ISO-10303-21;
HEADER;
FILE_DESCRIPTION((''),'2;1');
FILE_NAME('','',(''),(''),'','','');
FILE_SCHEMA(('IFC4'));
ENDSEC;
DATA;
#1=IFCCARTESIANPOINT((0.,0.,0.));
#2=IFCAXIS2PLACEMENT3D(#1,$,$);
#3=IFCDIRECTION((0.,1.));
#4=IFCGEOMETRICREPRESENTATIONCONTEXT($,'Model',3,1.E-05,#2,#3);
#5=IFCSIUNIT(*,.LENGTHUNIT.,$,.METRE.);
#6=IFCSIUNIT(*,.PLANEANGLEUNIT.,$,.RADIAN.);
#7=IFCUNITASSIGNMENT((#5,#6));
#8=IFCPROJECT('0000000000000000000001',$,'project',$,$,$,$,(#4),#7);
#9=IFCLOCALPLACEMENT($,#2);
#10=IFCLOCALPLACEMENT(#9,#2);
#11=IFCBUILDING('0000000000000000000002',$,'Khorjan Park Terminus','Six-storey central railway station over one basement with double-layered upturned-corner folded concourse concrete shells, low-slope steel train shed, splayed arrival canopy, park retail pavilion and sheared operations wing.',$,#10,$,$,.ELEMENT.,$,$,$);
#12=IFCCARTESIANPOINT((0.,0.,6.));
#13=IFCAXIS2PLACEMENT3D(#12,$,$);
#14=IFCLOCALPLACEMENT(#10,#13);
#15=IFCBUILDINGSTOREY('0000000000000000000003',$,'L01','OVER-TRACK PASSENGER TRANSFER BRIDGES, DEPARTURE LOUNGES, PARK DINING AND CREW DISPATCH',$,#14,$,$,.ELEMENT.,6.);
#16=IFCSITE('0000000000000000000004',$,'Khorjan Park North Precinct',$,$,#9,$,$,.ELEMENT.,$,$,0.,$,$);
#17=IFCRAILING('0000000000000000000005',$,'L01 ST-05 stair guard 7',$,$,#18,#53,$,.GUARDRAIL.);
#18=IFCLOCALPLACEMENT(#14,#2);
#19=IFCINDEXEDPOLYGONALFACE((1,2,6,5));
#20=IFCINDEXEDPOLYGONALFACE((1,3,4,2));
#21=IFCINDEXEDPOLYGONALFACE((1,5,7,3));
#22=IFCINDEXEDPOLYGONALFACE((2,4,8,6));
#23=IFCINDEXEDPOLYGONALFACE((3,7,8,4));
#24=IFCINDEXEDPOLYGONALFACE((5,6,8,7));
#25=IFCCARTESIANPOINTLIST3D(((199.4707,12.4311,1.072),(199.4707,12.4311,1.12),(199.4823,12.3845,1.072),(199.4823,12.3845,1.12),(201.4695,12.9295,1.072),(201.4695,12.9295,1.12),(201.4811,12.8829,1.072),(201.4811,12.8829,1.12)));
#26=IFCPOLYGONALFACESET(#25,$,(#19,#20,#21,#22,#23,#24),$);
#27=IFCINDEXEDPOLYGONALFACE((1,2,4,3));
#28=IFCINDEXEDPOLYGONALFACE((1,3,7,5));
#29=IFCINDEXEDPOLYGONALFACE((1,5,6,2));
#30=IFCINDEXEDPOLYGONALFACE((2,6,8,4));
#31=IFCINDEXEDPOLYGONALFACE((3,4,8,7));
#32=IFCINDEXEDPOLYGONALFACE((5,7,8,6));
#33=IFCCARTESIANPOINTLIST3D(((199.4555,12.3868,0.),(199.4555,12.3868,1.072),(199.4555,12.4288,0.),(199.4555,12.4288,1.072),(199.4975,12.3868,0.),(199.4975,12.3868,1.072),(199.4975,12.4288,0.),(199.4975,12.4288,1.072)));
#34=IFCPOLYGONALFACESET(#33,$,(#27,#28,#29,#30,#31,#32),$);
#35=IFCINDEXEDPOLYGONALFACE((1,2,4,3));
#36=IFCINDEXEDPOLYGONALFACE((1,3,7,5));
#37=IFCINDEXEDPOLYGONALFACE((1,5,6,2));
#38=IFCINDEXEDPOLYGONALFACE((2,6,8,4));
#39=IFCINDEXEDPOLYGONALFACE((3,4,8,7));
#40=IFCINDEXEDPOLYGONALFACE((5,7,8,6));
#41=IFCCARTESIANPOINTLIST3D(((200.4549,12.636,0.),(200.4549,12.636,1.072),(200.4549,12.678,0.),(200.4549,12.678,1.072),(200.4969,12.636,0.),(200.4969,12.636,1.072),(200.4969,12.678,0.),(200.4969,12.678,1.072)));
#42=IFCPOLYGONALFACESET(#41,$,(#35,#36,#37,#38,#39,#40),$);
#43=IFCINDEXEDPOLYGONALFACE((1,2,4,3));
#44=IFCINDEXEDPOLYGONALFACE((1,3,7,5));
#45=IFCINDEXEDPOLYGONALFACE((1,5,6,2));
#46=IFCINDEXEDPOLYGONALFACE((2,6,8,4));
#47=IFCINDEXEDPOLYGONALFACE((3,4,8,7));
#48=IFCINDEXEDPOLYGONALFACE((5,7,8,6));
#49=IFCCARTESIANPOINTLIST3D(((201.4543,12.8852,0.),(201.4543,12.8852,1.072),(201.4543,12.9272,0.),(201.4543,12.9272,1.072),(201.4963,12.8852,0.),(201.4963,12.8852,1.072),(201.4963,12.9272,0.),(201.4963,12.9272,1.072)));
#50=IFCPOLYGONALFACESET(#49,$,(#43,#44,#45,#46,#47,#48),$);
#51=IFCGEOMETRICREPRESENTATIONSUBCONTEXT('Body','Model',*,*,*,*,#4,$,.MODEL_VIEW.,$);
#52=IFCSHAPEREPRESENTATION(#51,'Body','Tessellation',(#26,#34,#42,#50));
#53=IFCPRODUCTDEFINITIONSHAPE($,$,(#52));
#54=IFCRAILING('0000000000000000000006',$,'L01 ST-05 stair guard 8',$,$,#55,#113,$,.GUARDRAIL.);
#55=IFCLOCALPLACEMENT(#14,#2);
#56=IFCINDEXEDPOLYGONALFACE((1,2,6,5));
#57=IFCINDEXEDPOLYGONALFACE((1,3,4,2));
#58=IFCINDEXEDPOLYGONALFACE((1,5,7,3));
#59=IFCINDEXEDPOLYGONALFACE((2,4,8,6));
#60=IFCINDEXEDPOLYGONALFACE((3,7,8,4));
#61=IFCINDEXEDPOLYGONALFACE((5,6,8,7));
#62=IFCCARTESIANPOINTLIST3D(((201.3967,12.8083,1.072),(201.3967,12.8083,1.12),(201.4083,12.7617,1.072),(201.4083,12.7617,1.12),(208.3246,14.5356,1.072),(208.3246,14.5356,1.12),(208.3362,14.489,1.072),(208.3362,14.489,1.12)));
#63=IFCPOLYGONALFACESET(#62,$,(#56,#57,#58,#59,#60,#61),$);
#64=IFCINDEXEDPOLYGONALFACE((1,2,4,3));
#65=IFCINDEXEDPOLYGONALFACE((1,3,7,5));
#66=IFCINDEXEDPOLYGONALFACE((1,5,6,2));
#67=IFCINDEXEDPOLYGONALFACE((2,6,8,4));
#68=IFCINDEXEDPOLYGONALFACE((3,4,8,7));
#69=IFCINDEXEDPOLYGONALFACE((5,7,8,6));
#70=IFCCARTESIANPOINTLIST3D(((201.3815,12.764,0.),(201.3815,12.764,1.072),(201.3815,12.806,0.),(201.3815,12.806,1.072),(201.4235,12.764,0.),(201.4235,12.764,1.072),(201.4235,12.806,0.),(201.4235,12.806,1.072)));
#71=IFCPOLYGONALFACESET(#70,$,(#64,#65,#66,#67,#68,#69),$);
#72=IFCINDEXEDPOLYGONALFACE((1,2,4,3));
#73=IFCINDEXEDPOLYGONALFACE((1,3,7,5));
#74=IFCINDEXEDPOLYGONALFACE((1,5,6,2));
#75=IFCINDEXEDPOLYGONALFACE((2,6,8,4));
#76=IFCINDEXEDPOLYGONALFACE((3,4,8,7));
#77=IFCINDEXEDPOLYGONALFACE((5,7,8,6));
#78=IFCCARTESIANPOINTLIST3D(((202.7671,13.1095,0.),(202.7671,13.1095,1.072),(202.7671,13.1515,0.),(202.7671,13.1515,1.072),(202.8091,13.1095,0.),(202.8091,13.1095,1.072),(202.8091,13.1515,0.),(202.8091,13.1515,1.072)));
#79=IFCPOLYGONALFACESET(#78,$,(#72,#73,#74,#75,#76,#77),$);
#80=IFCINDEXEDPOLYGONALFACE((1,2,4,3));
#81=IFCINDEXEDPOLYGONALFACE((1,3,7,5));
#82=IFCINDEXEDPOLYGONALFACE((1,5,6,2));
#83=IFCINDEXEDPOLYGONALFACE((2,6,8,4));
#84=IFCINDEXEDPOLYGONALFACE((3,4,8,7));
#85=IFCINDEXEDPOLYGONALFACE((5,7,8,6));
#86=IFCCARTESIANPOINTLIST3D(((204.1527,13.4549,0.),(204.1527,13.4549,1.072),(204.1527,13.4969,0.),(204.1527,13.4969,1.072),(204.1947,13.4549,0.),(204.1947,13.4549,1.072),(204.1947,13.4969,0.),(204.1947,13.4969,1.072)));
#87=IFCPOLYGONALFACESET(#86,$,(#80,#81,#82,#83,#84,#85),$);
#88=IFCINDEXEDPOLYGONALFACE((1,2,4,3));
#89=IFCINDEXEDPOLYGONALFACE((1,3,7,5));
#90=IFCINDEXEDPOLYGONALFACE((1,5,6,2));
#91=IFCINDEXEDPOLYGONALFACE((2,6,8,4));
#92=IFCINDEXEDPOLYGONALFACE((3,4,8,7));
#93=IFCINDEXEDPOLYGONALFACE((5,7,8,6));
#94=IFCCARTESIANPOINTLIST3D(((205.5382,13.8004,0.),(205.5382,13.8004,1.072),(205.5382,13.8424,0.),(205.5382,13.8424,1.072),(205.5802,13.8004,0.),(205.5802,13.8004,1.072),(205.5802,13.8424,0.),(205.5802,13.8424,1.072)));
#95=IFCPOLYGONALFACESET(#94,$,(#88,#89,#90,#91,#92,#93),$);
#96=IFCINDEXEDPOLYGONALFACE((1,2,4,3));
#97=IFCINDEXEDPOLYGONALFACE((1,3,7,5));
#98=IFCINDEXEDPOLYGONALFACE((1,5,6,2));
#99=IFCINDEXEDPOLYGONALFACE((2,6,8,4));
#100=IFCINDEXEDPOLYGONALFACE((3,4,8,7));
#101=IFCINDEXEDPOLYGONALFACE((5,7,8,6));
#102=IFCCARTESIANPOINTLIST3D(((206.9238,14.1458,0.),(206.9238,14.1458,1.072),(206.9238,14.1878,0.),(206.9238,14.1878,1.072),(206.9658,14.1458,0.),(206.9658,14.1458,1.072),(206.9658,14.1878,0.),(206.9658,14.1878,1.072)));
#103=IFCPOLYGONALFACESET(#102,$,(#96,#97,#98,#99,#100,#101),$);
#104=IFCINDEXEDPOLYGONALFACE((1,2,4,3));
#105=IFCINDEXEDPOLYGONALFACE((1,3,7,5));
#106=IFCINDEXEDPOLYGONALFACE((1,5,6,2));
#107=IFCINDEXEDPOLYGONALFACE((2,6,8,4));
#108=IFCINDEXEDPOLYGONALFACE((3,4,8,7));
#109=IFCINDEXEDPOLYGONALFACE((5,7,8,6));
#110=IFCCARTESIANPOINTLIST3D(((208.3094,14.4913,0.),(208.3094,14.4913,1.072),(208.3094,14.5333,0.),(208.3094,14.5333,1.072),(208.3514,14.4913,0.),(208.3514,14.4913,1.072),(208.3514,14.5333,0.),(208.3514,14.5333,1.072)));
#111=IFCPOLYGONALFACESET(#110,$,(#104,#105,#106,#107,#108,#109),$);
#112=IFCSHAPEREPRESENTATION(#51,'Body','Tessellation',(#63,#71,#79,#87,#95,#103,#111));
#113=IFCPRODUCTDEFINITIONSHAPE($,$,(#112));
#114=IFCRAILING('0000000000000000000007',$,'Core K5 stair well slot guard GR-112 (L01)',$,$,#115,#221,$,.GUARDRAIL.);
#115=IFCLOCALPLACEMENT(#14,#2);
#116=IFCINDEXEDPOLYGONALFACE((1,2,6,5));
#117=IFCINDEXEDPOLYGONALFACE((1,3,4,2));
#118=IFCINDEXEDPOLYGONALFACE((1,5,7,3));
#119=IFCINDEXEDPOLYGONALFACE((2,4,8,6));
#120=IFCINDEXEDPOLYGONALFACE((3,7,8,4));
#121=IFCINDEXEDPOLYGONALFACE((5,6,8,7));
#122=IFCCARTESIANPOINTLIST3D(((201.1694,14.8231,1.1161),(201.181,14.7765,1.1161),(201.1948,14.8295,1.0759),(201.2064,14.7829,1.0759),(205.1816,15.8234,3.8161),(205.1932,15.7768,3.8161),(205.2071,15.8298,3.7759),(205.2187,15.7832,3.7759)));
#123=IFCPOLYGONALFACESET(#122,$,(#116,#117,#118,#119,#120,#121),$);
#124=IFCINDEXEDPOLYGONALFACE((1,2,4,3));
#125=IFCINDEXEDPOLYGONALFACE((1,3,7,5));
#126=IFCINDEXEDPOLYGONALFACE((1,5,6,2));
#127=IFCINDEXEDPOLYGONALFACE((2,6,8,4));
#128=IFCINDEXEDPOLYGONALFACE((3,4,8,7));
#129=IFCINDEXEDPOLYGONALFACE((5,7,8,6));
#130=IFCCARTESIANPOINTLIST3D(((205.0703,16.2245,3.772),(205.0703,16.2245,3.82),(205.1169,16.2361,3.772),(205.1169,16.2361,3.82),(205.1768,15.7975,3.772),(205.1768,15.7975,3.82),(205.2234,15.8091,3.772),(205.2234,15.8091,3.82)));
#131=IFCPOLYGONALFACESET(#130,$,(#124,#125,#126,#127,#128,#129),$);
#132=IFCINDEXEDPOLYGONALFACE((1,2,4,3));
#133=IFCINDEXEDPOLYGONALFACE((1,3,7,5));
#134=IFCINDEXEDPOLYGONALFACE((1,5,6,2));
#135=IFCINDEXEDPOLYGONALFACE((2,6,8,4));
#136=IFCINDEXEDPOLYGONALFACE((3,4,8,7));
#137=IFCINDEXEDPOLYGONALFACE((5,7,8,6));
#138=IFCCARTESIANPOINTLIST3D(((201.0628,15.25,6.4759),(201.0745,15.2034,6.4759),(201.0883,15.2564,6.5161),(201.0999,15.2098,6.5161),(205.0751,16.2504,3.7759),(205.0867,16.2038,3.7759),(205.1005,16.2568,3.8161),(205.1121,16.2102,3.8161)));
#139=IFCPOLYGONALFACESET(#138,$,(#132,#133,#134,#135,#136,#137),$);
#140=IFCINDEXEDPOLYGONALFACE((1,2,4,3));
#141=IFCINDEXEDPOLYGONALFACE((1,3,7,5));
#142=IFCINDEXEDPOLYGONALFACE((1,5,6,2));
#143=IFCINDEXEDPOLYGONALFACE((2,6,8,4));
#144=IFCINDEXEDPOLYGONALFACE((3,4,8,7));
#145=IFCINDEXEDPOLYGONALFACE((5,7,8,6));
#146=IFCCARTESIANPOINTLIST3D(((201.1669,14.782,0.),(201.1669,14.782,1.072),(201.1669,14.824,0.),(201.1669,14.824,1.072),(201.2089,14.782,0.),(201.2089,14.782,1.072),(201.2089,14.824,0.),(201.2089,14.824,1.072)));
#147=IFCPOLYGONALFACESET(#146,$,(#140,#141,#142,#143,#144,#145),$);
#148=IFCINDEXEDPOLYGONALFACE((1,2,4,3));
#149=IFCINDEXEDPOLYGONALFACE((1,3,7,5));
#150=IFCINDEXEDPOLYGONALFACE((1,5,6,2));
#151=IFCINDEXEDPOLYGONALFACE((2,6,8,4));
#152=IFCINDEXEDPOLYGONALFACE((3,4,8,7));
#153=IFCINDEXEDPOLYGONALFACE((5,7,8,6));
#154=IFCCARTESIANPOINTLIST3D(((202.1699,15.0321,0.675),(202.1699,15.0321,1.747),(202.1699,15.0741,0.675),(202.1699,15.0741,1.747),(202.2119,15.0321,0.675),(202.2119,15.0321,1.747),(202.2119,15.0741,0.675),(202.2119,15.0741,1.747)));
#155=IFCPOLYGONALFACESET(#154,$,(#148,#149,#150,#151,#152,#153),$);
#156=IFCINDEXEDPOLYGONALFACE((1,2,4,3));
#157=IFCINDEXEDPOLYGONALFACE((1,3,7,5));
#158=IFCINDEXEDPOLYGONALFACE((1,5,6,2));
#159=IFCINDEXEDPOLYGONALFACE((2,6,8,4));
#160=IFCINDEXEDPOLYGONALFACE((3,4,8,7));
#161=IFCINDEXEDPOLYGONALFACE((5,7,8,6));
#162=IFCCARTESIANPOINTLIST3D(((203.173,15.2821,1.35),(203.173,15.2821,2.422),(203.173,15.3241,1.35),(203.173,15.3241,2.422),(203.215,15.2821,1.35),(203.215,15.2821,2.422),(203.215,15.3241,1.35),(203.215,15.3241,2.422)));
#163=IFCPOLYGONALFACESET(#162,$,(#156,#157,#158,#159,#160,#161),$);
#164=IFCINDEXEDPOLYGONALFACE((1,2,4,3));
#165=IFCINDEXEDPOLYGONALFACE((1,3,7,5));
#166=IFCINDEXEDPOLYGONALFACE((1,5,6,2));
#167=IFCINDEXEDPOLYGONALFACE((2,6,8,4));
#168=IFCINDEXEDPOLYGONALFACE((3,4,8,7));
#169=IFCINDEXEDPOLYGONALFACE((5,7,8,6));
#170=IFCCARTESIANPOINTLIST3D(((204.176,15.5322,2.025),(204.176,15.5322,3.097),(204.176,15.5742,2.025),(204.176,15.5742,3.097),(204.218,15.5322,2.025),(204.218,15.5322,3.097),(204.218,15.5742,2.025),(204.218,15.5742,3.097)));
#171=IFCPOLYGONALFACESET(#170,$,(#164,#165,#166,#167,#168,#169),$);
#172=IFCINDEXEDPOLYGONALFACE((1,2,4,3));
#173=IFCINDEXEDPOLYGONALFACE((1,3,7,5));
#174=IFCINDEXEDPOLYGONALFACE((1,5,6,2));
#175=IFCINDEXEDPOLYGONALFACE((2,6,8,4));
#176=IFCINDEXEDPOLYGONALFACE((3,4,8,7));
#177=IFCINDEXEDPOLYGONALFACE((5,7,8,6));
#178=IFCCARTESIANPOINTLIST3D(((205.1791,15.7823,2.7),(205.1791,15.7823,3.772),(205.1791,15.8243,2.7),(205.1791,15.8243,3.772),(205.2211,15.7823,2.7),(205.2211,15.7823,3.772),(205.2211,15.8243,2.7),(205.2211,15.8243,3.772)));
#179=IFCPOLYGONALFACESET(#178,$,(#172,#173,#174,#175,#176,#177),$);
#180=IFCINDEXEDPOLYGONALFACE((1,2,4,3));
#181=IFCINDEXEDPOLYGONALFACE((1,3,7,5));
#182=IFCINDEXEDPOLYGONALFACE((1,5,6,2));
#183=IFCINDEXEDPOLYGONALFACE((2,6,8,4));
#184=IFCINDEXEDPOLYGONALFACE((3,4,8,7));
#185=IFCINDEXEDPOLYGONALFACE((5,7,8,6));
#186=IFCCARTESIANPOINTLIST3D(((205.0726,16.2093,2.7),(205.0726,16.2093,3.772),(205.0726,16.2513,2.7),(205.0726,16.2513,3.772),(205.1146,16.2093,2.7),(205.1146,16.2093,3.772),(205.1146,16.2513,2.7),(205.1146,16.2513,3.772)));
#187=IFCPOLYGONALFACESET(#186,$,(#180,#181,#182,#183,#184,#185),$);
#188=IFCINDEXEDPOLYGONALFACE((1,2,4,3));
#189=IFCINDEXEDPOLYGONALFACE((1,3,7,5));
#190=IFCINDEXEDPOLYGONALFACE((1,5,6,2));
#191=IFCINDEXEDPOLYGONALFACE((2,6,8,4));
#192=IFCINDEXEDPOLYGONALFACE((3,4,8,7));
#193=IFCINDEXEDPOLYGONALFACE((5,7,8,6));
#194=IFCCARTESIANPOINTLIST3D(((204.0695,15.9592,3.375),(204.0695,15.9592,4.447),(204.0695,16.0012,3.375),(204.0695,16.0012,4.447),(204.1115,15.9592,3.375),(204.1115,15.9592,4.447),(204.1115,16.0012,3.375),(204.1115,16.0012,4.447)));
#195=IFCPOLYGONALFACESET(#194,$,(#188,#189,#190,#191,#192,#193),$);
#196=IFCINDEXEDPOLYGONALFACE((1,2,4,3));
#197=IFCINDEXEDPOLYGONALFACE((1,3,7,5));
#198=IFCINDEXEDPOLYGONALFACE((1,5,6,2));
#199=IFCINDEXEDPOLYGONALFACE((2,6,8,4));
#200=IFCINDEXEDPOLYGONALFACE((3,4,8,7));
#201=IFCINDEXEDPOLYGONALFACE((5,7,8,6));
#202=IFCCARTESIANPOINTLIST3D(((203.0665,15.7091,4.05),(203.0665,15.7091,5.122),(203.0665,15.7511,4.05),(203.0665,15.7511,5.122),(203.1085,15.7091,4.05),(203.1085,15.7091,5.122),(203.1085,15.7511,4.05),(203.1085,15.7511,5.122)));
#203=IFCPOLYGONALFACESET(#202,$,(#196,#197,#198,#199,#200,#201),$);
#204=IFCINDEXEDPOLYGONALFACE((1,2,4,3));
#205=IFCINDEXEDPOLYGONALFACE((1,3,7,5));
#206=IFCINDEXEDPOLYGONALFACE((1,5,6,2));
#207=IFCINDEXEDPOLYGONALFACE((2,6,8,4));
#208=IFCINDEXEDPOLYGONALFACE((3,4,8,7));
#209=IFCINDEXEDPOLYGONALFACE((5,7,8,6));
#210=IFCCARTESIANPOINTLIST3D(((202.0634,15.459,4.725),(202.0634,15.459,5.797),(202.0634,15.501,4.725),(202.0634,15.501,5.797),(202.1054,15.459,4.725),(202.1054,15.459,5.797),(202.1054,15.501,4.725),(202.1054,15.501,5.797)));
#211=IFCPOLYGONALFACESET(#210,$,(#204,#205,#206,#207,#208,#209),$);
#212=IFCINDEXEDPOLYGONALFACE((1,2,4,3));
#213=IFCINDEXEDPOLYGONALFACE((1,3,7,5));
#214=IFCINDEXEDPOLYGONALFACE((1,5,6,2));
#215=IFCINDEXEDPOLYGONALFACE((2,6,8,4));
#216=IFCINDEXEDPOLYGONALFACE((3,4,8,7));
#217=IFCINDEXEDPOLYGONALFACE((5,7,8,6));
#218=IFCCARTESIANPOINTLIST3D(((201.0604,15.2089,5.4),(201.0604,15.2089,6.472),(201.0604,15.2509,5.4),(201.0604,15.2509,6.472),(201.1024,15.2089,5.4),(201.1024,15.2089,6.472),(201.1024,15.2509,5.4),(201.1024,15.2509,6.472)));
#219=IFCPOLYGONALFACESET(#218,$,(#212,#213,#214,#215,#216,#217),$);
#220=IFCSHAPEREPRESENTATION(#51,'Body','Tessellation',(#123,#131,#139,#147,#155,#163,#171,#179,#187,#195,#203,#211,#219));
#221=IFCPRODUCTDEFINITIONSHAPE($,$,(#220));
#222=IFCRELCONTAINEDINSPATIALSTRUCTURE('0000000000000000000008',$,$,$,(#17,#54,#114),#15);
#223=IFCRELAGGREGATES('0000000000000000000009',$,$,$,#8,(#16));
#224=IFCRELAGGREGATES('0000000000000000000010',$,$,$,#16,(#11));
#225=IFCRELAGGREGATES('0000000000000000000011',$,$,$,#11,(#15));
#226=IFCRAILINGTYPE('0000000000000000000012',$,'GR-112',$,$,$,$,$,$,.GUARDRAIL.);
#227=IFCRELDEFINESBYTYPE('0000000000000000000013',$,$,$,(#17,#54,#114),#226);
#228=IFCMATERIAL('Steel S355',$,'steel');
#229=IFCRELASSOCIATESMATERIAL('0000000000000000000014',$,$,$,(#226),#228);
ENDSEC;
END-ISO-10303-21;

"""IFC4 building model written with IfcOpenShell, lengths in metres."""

from ifc_helpers import new_model, si_unit, direction, frame, origin, origin_2d, place, context, subcontext, project, spatial, rectangle, extrude, material, type_object, element, save


model = new_model("IFC4")

# Units and contexts
model_context = context("Model", 3, precision=1e-05, world=origin(), true_north=direction((0.0, 1.0)))
body_context = subcontext(model_context, "Body", "Model", "MODEL_VIEW")
ifc_project = project(units=[si_unit("LENGTHUNIT", "METRE"), si_unit("PLANEANGLEUNIT", "RADIAN")], contexts=[model_context])

# Site, building, storey
site_placement = place(None, origin())
site = spatial("IfcSite", under=ifc_project, at=site_placement, Name="Khorjan Park North Precinct", CompositionType="ELEMENT", RefElevation=0.0)
building_placement = place(site_placement, origin())
building = spatial("IfcBuilding", under=site, at=building_placement, Name="Khorjan Park Terminus", Description="Six-storey central railway station over one basement with double-layered upturned-corner folded concourse concrete shells, low-slope steel train shed, splayed arrival canopy, park retail pavilion and sheared operations wing.", CompositionType="ELEMENT")
storey_placement = place(building_placement, frame((0.0, 0.0, 6.0)))
storey = spatial("IfcBuildingStorey", under=building, at=storey_placement, Name="L01", Description="OVER-TRACK PASSENGER TRANSFER BRIDGES, DEPARTURE LOUNGES, PARK DINING AND CREW DISPATCH", CompositionType="ELEMENT", Elevation=6.0)

# Railings
ifc_material_1 = material(Name="Steel S355", Category="steel")
railing_type_1 = type_object("IfcRailingType", Name="GR-112", PredefinedType="GUARDRAIL", material=ifc_material_1)
railing_1_placement = place(storey_placement, frame((199.4765, 12.4078, 0.0)))
element("IfcRailing", 1, at=railing_1_placement, inside=storey, type_object=railing_type_1, Name="L01 ST-05 stair guard 7", PredefinedType="GUARDRAIL", context=body_context, shape_type="SweptSolid", body=[
    extrude(rectangle(XDim=0.048, YDim=0.048, at=origin_2d()), frame((0.0, 0.0, 1.096), z_axis=(0.970291, 0.241942, 0.0), x_axis=(-0.241942, 0.970291, 0.0)), (0.0, 0.0, 1.0), 2.06),
    extrude(rectangle(XDim=0.042, YDim=0.042, at=origin_2d()), origin(), (0.0, 0.0, 1.0), 1.072),
    extrude(rectangle(XDim=0.042, YDim=0.042, at=origin_2d()), frame((0.9994, 0.2492, 0.0)), (0.0, 0.0, 1.0), 1.072),
    extrude(rectangle(XDim=0.042, YDim=0.042, at=origin_2d()), frame((1.9988, 0.4984, 0.0)), (0.0, 0.0, 1.0), 1.072),
])
railing_2_placement = place(storey_placement, frame((201.4025, 12.785, 0.0)))
element("IfcRailing", 2, at=railing_2_placement, inside=storey, type_object=railing_type_1, Name="L01 ST-05 stair guard 8", PredefinedType="GUARDRAIL", context=body_context, shape_type="SweptSolid", body=[
    extrude(rectangle(XDim=0.048, YDim=0.048, at=origin_2d()), frame((0.0, 0.0, 1.096), z_axis=(0.970296, 0.241919, 0.0), x_axis=(-0.241919, 0.970296, 0.0)), (0.0, 0.0, 1.0), 7.14),
    extrude(rectangle(XDim=0.042, YDim=0.042, at=origin_2d()), origin(), (0.0, 0.0, 1.0), 1.072),
    extrude(rectangle(XDim=0.042, YDim=0.042, at=origin_2d()), frame((1.3856, 0.3455, 0.0)), (0.0, 0.0, 1.0), 1.072),
    extrude(rectangle(XDim=0.042, YDim=0.042, at=origin_2d()), frame((2.7712, 0.6909, 0.0)), (0.0, 0.0, 1.0), 1.072),
    extrude(rectangle(XDim=0.042, YDim=0.042, at=origin_2d()), frame((4.1567, 1.0364, 0.0)), (0.0, 0.0, 1.0), 1.072),
    extrude(rectangle(XDim=0.042, YDim=0.042, at=origin_2d()), frame((5.5423, 1.3818, 0.0)), (0.0, 0.0, 1.0), 1.072),
    extrude(rectangle(XDim=0.042, YDim=0.042, at=origin_2d()), frame((6.9279, 1.7273, 0.0)), (0.0, 0.0, 1.0), 1.072),
])
railing_3_placement = place(storey_placement, frame((201.1879, 14.803, 0.0)))
element("IfcRailing", 3, at=railing_3_placement, inside=storey, type_object=railing_type_1, Name="Core K5 stair well slot guard GR-112 (L01)", PredefinedType="GUARDRAIL", context=body_context, shape_type="SweptSolid", body=[
    extrude(rectangle(XDim=0.048, YDim=0.048, at=origin_2d()), frame((0.0, 0.0, 1.096), z_axis=(0.81244, 0.202553, 0.54673), x_axis=(-0.24191, 0.970299, 0.0)), (0.0, 0.0, 1.0), 4.9385),
    extrude(rectangle(XDim=0.048, YDim=0.048, at=origin_2d()), frame((4.0122, 1.0003, 3.796), z_axis=(-0.242001, 0.970276, 0.0), x_axis=(-0.970276, -0.242001, 0.0)), (0.0, 0.0, 1.0), 0.4401),
    extrude(rectangle(XDim=0.048, YDim=0.048, at=origin_2d()), frame((3.9057, 1.4273, 3.796), z_axis=(-0.812437, -0.202573, 0.546727), x_axis=(0.241932, -0.970293, 0.0)), (0.0, 0.0, 1.0), 4.9385),
    extrude(rectangle(XDim=0.042, YDim=0.042, at=origin_2d()), origin(), (0.0, 0.0, 1.0), 1.072),
    extrude(rectangle(XDim=0.042, YDim=0.042, at=origin_2d()), frame((1.003, 0.2501, 0.675)), (0.0, 0.0, 1.0), 1.072),
    extrude(rectangle(XDim=0.042, YDim=0.042, at=origin_2d()), frame((2.0061, 0.5001, 1.35)), (0.0, 0.0, 1.0), 1.072),
    extrude(rectangle(XDim=0.042, YDim=0.042, at=origin_2d()), frame((3.0091, 0.7502, 2.025)), (0.0, 0.0, 1.0), 1.072),
    extrude(rectangle(XDim=0.042, YDim=0.042, at=origin_2d()), frame((4.0122, 1.0003, 2.7)), (0.0, 0.0, 1.0), 1.072),
    extrude(rectangle(XDim=0.042, YDim=0.042, at=origin_2d()), frame((3.9057, 1.4273, 2.7)), (0.0, 0.0, 1.0), 1.072),
    extrude(rectangle(XDim=0.042, YDim=0.042, at=origin_2d()), frame((2.9026, 1.1772, 3.375)), (0.0, 0.0, 1.0), 1.072),
    extrude(rectangle(XDim=0.042, YDim=0.042, at=origin_2d()), frame((1.8996, 0.9271, 4.05)), (0.0, 0.0, 1.0), 1.072),
    extrude(rectangle(XDim=0.042, YDim=0.042, at=origin_2d()), frame((0.8965, 0.677, 4.725)), (0.0, 0.0, 1.0), 1.072),
    extrude(rectangle(XDim=0.042, YDim=0.042, at=origin_2d()), frame((-0.1065, 0.4269, 5.4)), (0.0, 0.0, 1.0), 1.072),
])

save(model, "model.ifc")
